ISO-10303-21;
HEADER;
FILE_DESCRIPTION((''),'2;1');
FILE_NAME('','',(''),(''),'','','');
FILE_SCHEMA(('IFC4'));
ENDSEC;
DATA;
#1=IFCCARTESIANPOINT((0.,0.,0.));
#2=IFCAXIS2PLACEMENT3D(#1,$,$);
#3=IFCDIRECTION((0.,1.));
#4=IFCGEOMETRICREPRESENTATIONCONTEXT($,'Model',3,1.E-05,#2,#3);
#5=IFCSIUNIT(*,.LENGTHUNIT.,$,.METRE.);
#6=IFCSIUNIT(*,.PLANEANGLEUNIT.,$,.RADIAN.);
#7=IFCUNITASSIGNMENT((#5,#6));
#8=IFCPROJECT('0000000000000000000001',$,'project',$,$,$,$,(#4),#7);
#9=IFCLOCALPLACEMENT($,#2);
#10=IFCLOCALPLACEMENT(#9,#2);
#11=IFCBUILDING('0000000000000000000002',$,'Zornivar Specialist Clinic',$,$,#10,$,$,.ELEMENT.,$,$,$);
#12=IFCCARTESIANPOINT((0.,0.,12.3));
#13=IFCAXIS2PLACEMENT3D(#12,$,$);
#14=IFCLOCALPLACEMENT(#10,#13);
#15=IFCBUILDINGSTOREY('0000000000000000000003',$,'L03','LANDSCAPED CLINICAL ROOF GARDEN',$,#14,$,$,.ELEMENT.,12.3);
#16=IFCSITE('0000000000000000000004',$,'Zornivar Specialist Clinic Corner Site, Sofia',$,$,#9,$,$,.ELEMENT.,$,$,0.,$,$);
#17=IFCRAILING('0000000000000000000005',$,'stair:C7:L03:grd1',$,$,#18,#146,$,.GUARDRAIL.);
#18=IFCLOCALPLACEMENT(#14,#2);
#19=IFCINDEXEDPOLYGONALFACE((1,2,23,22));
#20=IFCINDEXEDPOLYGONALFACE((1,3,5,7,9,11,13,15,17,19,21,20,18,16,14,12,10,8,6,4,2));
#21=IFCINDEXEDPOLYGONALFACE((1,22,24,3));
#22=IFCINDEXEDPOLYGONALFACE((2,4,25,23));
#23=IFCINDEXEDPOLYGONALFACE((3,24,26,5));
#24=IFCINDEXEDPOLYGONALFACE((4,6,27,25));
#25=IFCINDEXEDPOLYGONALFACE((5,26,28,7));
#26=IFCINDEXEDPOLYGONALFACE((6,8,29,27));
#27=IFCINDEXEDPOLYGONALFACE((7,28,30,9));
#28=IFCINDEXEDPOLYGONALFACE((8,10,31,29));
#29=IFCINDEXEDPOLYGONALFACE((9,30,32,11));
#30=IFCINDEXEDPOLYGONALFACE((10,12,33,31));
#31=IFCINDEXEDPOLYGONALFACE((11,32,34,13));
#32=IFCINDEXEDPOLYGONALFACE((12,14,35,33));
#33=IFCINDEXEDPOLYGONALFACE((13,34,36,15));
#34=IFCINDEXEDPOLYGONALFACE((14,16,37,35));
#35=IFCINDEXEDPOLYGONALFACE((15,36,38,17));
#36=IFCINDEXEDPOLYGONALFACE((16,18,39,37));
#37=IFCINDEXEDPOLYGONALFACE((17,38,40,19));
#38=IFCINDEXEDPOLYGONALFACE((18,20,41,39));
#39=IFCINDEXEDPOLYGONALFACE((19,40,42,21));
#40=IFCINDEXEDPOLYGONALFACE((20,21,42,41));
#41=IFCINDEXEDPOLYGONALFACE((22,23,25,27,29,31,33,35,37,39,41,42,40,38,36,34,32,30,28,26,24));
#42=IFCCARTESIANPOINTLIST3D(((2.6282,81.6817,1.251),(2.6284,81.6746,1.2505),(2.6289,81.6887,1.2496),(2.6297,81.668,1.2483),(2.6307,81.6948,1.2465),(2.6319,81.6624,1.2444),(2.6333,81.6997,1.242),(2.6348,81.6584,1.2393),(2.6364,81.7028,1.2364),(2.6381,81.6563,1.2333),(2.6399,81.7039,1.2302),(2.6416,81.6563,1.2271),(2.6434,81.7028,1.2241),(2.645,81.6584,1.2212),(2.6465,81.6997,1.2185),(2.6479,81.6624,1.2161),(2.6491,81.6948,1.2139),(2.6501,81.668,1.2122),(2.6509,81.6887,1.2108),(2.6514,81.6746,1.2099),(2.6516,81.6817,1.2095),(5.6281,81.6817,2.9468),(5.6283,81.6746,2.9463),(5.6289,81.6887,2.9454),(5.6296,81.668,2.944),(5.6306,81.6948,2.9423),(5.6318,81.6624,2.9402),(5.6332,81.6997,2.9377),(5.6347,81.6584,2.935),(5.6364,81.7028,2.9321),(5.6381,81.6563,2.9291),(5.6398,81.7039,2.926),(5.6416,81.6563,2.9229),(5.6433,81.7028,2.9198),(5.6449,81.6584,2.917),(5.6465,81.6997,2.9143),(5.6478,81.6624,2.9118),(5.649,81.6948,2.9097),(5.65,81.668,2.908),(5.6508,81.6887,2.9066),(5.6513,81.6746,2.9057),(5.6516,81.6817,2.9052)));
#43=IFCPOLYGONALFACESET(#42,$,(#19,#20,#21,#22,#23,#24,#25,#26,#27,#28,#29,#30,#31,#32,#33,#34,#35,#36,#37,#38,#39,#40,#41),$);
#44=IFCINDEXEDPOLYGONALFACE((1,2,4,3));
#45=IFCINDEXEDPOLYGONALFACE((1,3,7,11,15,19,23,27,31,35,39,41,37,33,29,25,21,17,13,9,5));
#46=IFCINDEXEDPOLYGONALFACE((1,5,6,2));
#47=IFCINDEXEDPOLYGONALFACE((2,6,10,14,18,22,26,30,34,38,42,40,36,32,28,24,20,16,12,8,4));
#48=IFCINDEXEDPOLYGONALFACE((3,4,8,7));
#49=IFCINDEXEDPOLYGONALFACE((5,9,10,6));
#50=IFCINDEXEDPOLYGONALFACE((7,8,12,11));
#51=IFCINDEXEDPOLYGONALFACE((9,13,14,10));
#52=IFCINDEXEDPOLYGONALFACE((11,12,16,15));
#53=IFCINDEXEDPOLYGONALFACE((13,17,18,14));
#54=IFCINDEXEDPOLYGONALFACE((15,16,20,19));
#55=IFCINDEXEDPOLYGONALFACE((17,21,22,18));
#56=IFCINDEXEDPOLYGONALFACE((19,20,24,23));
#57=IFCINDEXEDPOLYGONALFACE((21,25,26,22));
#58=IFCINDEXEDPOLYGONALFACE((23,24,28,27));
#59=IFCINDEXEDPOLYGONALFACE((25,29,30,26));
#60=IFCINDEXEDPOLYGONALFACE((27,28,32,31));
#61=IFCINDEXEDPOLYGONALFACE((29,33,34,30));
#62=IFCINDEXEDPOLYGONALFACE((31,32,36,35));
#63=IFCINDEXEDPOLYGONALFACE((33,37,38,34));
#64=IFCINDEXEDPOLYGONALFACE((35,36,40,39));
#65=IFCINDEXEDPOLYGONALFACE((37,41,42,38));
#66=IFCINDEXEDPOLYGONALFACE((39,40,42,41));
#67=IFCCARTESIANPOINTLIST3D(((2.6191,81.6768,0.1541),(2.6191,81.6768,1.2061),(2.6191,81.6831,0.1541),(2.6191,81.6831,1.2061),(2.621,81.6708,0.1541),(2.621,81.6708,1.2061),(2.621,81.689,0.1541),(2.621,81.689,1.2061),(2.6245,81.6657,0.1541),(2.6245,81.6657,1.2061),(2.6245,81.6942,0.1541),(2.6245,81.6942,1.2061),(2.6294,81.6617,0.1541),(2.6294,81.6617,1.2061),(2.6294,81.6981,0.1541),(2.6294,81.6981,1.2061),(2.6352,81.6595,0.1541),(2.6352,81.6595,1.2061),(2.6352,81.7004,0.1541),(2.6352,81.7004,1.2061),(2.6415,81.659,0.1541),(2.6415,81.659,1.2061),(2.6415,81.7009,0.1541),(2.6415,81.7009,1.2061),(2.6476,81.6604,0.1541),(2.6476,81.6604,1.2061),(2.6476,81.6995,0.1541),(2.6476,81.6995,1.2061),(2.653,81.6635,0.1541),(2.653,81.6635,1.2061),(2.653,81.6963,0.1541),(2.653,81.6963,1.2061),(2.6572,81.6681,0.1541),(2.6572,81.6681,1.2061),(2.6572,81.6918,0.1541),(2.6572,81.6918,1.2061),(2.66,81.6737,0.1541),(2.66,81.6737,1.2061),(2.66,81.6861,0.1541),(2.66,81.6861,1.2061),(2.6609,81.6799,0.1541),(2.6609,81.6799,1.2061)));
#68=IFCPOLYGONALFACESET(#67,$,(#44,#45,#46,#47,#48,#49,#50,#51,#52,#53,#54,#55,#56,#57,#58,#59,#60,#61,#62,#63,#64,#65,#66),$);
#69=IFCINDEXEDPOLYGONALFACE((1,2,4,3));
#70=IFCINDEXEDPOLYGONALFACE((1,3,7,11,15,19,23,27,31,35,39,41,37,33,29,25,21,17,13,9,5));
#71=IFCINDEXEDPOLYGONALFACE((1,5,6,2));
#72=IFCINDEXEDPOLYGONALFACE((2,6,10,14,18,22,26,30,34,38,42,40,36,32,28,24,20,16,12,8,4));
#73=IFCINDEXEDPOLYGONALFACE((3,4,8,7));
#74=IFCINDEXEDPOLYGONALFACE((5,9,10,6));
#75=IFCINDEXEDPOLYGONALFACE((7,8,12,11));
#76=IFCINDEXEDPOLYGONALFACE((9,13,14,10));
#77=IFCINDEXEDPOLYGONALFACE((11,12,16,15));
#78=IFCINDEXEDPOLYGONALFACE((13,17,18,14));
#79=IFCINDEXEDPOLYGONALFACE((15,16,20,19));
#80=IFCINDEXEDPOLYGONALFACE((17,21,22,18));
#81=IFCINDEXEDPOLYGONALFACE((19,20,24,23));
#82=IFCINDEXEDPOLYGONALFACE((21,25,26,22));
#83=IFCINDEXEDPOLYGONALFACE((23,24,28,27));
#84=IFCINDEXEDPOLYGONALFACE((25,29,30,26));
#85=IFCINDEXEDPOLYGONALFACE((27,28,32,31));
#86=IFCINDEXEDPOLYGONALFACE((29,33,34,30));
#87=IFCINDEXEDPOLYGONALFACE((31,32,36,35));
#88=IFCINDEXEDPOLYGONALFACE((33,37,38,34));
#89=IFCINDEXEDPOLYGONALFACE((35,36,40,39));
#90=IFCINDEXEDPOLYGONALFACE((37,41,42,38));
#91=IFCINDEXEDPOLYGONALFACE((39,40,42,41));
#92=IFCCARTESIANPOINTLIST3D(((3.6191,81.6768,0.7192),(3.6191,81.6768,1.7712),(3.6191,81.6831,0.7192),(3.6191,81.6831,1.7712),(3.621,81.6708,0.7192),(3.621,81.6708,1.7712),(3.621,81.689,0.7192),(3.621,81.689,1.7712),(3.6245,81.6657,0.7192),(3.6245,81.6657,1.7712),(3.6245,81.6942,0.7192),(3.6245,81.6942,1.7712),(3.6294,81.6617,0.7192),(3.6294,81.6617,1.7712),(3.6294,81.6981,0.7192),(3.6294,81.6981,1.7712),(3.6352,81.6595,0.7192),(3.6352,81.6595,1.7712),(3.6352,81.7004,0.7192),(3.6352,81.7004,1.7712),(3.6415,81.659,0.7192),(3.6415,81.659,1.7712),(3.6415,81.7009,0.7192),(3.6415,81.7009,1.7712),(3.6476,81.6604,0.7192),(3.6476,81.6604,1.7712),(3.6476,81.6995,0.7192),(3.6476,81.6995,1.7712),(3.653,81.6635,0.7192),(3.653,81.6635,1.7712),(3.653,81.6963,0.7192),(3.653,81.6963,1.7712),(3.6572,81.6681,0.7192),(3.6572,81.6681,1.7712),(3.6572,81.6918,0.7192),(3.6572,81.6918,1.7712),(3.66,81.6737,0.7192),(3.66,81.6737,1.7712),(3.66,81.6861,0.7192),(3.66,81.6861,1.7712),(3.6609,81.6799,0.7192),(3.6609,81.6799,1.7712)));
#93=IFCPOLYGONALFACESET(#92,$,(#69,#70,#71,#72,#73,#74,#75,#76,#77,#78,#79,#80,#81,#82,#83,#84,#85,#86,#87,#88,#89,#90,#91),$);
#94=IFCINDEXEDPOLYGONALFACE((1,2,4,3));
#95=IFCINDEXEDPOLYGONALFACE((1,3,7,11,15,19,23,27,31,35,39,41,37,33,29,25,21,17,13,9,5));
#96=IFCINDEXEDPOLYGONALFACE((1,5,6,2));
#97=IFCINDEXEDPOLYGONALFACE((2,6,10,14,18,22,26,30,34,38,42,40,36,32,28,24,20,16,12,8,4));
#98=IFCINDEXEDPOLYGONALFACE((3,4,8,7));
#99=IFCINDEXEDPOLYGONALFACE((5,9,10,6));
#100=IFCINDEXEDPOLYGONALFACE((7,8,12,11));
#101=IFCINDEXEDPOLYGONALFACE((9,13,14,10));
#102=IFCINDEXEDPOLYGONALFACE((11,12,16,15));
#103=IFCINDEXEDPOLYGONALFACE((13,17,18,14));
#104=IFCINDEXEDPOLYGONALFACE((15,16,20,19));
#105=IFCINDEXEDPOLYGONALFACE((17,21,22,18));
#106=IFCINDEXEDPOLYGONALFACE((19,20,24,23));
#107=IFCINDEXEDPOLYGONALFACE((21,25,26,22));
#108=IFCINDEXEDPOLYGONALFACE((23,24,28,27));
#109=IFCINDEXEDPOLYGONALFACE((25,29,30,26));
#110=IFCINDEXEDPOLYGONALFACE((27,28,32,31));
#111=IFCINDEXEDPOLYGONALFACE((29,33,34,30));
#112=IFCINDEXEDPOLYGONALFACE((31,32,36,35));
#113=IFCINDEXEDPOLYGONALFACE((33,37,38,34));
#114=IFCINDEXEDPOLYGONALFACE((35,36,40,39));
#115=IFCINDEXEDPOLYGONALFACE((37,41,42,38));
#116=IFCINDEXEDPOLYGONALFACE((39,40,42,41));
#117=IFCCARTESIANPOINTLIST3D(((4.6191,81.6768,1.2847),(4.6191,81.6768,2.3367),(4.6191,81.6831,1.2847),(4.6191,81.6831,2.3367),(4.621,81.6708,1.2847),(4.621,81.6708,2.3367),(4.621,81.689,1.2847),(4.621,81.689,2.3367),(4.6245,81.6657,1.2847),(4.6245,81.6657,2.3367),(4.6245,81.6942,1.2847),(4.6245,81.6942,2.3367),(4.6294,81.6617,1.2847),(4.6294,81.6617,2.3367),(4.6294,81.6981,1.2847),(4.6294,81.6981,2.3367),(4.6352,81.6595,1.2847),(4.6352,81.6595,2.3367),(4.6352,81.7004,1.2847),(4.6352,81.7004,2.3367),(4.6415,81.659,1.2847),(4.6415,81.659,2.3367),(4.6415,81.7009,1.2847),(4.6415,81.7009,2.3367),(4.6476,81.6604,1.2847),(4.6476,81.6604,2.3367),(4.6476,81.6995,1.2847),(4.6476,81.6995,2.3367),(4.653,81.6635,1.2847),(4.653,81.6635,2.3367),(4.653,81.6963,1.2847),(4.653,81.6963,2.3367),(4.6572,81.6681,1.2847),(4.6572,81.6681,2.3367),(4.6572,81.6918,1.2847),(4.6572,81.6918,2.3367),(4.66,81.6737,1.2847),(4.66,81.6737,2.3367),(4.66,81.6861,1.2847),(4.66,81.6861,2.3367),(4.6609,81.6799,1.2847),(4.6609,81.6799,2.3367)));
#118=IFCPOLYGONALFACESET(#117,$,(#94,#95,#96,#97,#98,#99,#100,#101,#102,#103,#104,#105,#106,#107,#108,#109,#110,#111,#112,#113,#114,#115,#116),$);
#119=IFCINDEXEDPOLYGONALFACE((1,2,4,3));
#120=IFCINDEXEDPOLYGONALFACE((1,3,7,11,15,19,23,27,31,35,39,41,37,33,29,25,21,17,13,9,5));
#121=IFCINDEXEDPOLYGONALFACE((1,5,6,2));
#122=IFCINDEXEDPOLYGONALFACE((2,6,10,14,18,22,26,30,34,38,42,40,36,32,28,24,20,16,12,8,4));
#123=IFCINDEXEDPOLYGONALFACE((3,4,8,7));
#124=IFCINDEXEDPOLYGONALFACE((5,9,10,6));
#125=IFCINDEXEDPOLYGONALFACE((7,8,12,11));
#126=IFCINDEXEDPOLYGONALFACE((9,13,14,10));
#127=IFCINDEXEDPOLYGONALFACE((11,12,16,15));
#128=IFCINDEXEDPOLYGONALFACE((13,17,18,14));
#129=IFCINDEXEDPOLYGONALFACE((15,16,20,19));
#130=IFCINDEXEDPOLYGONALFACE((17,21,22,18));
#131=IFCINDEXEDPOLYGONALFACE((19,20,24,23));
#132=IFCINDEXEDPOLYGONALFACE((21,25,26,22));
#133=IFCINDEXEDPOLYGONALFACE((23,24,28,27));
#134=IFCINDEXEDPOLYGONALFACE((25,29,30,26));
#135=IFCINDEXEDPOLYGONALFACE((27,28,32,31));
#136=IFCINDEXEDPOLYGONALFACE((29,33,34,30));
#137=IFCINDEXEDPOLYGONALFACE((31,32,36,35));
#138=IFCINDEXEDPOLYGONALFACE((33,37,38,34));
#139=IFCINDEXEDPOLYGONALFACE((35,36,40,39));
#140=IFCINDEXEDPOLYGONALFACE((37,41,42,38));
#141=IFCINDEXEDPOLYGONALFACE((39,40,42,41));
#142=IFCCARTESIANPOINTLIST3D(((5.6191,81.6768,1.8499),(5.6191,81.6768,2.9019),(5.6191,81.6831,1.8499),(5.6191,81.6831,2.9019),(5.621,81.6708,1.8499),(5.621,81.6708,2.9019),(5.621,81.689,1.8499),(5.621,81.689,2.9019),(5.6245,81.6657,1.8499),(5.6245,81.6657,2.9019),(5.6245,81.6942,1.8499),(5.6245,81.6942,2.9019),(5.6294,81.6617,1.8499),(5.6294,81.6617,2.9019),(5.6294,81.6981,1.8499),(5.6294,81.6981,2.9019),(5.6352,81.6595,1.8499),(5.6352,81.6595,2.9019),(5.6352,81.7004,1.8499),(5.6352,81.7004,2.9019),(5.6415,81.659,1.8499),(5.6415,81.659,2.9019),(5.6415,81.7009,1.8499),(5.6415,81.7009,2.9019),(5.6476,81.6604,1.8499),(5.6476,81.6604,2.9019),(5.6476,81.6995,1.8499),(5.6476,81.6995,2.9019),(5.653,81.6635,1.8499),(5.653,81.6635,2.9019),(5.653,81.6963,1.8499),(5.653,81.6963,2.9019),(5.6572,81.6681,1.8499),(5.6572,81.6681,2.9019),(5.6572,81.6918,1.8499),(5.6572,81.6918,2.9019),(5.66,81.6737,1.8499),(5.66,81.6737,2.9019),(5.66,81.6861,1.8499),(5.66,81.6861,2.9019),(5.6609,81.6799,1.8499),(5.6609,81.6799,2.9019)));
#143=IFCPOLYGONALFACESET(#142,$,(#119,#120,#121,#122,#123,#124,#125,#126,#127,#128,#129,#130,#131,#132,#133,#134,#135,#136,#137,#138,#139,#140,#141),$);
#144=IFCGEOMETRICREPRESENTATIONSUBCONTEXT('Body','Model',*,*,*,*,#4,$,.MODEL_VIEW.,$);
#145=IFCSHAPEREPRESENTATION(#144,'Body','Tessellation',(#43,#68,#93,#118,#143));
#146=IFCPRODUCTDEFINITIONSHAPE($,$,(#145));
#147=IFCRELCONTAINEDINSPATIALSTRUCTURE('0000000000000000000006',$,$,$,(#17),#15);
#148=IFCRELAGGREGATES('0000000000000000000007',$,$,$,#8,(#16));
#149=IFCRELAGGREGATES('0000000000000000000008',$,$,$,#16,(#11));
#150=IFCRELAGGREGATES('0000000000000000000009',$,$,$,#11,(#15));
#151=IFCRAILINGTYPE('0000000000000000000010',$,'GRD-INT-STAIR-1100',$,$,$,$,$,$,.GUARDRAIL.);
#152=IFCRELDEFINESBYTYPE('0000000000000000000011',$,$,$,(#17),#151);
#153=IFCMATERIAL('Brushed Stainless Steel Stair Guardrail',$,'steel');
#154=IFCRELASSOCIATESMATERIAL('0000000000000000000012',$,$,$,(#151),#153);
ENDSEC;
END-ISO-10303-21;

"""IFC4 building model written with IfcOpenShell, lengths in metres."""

from ifc_helpers import new_model, si_unit, direction, frame, origin, origin_2d, place, context, subcontext, project, spatial, circle, extrude, material, type_object, element, save


model = new_model("IFC4")

# Units and contexts
model_context = context("Model", 3, precision=1e-05, world=origin(), true_north=direction((0.0, 1.0)))
body_context = subcontext(model_context, "Body", "Model", "MODEL_VIEW")
ifc_project = project(units=[si_unit("LENGTHUNIT", "METRE"), si_unit("PLANEANGLEUNIT", "RADIAN")], contexts=[model_context])

# Site, building, storey
site_placement = place(None, origin())
site = spatial("IfcSite", under=ifc_project, at=site_placement, Name="Zornivar Specialist Clinic Corner Site, Sofia", CompositionType="ELEMENT", RefElevation=0.0)
building_placement = place(site_placement, origin())
building = spatial("IfcBuilding", under=site, at=building_placement, Name="Zornivar Specialist Clinic", CompositionType="ELEMENT")
storey_placement = place(building_placement, frame((0.0, 0.0, 12.3)))
storey = spatial("IfcBuildingStorey", under=building, at=storey_placement, Name="L03", Description="LANDSCAPED CLINICAL ROOF GARDEN", CompositionType="ELEMENT", Elevation=12.3)

# Railing
ifc_material_1 = material(Name="Brushed Stainless Steel Stair Guardrail", Category="steel")
railing_type_1 = type_object("IfcRailingType", Name="GRD-INT-STAIR-1100", PredefinedType="GUARDRAIL", material=ifc_material_1)
railing_1_placement = place(storey_placement, frame((2.6399, 81.6799, 0.1541)))
element("IfcRailing", 1, at=railing_1_placement, inside=storey, type_object=railing_type_1, Name="stair:C7:L03:grd1", PredefinedType="GUARDRAIL", context=body_context, shape_type="SweptSolid", body=[
    extrude(circle(Radius=0.0239, at=origin_2d()), frame((0.0, 0.0, 1.0762), z_axis=(0.870544, 0.0, 0.49209), x_axis=(0.0, 1.0, 0.0)), (0.0, 0.0, 1.0), 3.446),
    extrude(circle(Radius=0.021, at=origin_2d()), origin(), (0.0, 0.0, 1.0), 1.052),
    extrude(circle(Radius=0.021, at=origin_2d()), frame((1.0, 0.0, 0.5652)), (0.0, 0.0, 1.0), 1.052),
    extrude(circle(Radius=0.021, at=origin_2d()), frame((2.0, 0.0, 1.1306)), (0.0, 0.0, 1.0), 1.052),
    extrude(circle(Radius=0.021, at=origin_2d()), frame((3.0, 0.0, 1.6958)), (0.0, 0.0, 1.0), 1.052),
])

save(model, "model.ifc")
